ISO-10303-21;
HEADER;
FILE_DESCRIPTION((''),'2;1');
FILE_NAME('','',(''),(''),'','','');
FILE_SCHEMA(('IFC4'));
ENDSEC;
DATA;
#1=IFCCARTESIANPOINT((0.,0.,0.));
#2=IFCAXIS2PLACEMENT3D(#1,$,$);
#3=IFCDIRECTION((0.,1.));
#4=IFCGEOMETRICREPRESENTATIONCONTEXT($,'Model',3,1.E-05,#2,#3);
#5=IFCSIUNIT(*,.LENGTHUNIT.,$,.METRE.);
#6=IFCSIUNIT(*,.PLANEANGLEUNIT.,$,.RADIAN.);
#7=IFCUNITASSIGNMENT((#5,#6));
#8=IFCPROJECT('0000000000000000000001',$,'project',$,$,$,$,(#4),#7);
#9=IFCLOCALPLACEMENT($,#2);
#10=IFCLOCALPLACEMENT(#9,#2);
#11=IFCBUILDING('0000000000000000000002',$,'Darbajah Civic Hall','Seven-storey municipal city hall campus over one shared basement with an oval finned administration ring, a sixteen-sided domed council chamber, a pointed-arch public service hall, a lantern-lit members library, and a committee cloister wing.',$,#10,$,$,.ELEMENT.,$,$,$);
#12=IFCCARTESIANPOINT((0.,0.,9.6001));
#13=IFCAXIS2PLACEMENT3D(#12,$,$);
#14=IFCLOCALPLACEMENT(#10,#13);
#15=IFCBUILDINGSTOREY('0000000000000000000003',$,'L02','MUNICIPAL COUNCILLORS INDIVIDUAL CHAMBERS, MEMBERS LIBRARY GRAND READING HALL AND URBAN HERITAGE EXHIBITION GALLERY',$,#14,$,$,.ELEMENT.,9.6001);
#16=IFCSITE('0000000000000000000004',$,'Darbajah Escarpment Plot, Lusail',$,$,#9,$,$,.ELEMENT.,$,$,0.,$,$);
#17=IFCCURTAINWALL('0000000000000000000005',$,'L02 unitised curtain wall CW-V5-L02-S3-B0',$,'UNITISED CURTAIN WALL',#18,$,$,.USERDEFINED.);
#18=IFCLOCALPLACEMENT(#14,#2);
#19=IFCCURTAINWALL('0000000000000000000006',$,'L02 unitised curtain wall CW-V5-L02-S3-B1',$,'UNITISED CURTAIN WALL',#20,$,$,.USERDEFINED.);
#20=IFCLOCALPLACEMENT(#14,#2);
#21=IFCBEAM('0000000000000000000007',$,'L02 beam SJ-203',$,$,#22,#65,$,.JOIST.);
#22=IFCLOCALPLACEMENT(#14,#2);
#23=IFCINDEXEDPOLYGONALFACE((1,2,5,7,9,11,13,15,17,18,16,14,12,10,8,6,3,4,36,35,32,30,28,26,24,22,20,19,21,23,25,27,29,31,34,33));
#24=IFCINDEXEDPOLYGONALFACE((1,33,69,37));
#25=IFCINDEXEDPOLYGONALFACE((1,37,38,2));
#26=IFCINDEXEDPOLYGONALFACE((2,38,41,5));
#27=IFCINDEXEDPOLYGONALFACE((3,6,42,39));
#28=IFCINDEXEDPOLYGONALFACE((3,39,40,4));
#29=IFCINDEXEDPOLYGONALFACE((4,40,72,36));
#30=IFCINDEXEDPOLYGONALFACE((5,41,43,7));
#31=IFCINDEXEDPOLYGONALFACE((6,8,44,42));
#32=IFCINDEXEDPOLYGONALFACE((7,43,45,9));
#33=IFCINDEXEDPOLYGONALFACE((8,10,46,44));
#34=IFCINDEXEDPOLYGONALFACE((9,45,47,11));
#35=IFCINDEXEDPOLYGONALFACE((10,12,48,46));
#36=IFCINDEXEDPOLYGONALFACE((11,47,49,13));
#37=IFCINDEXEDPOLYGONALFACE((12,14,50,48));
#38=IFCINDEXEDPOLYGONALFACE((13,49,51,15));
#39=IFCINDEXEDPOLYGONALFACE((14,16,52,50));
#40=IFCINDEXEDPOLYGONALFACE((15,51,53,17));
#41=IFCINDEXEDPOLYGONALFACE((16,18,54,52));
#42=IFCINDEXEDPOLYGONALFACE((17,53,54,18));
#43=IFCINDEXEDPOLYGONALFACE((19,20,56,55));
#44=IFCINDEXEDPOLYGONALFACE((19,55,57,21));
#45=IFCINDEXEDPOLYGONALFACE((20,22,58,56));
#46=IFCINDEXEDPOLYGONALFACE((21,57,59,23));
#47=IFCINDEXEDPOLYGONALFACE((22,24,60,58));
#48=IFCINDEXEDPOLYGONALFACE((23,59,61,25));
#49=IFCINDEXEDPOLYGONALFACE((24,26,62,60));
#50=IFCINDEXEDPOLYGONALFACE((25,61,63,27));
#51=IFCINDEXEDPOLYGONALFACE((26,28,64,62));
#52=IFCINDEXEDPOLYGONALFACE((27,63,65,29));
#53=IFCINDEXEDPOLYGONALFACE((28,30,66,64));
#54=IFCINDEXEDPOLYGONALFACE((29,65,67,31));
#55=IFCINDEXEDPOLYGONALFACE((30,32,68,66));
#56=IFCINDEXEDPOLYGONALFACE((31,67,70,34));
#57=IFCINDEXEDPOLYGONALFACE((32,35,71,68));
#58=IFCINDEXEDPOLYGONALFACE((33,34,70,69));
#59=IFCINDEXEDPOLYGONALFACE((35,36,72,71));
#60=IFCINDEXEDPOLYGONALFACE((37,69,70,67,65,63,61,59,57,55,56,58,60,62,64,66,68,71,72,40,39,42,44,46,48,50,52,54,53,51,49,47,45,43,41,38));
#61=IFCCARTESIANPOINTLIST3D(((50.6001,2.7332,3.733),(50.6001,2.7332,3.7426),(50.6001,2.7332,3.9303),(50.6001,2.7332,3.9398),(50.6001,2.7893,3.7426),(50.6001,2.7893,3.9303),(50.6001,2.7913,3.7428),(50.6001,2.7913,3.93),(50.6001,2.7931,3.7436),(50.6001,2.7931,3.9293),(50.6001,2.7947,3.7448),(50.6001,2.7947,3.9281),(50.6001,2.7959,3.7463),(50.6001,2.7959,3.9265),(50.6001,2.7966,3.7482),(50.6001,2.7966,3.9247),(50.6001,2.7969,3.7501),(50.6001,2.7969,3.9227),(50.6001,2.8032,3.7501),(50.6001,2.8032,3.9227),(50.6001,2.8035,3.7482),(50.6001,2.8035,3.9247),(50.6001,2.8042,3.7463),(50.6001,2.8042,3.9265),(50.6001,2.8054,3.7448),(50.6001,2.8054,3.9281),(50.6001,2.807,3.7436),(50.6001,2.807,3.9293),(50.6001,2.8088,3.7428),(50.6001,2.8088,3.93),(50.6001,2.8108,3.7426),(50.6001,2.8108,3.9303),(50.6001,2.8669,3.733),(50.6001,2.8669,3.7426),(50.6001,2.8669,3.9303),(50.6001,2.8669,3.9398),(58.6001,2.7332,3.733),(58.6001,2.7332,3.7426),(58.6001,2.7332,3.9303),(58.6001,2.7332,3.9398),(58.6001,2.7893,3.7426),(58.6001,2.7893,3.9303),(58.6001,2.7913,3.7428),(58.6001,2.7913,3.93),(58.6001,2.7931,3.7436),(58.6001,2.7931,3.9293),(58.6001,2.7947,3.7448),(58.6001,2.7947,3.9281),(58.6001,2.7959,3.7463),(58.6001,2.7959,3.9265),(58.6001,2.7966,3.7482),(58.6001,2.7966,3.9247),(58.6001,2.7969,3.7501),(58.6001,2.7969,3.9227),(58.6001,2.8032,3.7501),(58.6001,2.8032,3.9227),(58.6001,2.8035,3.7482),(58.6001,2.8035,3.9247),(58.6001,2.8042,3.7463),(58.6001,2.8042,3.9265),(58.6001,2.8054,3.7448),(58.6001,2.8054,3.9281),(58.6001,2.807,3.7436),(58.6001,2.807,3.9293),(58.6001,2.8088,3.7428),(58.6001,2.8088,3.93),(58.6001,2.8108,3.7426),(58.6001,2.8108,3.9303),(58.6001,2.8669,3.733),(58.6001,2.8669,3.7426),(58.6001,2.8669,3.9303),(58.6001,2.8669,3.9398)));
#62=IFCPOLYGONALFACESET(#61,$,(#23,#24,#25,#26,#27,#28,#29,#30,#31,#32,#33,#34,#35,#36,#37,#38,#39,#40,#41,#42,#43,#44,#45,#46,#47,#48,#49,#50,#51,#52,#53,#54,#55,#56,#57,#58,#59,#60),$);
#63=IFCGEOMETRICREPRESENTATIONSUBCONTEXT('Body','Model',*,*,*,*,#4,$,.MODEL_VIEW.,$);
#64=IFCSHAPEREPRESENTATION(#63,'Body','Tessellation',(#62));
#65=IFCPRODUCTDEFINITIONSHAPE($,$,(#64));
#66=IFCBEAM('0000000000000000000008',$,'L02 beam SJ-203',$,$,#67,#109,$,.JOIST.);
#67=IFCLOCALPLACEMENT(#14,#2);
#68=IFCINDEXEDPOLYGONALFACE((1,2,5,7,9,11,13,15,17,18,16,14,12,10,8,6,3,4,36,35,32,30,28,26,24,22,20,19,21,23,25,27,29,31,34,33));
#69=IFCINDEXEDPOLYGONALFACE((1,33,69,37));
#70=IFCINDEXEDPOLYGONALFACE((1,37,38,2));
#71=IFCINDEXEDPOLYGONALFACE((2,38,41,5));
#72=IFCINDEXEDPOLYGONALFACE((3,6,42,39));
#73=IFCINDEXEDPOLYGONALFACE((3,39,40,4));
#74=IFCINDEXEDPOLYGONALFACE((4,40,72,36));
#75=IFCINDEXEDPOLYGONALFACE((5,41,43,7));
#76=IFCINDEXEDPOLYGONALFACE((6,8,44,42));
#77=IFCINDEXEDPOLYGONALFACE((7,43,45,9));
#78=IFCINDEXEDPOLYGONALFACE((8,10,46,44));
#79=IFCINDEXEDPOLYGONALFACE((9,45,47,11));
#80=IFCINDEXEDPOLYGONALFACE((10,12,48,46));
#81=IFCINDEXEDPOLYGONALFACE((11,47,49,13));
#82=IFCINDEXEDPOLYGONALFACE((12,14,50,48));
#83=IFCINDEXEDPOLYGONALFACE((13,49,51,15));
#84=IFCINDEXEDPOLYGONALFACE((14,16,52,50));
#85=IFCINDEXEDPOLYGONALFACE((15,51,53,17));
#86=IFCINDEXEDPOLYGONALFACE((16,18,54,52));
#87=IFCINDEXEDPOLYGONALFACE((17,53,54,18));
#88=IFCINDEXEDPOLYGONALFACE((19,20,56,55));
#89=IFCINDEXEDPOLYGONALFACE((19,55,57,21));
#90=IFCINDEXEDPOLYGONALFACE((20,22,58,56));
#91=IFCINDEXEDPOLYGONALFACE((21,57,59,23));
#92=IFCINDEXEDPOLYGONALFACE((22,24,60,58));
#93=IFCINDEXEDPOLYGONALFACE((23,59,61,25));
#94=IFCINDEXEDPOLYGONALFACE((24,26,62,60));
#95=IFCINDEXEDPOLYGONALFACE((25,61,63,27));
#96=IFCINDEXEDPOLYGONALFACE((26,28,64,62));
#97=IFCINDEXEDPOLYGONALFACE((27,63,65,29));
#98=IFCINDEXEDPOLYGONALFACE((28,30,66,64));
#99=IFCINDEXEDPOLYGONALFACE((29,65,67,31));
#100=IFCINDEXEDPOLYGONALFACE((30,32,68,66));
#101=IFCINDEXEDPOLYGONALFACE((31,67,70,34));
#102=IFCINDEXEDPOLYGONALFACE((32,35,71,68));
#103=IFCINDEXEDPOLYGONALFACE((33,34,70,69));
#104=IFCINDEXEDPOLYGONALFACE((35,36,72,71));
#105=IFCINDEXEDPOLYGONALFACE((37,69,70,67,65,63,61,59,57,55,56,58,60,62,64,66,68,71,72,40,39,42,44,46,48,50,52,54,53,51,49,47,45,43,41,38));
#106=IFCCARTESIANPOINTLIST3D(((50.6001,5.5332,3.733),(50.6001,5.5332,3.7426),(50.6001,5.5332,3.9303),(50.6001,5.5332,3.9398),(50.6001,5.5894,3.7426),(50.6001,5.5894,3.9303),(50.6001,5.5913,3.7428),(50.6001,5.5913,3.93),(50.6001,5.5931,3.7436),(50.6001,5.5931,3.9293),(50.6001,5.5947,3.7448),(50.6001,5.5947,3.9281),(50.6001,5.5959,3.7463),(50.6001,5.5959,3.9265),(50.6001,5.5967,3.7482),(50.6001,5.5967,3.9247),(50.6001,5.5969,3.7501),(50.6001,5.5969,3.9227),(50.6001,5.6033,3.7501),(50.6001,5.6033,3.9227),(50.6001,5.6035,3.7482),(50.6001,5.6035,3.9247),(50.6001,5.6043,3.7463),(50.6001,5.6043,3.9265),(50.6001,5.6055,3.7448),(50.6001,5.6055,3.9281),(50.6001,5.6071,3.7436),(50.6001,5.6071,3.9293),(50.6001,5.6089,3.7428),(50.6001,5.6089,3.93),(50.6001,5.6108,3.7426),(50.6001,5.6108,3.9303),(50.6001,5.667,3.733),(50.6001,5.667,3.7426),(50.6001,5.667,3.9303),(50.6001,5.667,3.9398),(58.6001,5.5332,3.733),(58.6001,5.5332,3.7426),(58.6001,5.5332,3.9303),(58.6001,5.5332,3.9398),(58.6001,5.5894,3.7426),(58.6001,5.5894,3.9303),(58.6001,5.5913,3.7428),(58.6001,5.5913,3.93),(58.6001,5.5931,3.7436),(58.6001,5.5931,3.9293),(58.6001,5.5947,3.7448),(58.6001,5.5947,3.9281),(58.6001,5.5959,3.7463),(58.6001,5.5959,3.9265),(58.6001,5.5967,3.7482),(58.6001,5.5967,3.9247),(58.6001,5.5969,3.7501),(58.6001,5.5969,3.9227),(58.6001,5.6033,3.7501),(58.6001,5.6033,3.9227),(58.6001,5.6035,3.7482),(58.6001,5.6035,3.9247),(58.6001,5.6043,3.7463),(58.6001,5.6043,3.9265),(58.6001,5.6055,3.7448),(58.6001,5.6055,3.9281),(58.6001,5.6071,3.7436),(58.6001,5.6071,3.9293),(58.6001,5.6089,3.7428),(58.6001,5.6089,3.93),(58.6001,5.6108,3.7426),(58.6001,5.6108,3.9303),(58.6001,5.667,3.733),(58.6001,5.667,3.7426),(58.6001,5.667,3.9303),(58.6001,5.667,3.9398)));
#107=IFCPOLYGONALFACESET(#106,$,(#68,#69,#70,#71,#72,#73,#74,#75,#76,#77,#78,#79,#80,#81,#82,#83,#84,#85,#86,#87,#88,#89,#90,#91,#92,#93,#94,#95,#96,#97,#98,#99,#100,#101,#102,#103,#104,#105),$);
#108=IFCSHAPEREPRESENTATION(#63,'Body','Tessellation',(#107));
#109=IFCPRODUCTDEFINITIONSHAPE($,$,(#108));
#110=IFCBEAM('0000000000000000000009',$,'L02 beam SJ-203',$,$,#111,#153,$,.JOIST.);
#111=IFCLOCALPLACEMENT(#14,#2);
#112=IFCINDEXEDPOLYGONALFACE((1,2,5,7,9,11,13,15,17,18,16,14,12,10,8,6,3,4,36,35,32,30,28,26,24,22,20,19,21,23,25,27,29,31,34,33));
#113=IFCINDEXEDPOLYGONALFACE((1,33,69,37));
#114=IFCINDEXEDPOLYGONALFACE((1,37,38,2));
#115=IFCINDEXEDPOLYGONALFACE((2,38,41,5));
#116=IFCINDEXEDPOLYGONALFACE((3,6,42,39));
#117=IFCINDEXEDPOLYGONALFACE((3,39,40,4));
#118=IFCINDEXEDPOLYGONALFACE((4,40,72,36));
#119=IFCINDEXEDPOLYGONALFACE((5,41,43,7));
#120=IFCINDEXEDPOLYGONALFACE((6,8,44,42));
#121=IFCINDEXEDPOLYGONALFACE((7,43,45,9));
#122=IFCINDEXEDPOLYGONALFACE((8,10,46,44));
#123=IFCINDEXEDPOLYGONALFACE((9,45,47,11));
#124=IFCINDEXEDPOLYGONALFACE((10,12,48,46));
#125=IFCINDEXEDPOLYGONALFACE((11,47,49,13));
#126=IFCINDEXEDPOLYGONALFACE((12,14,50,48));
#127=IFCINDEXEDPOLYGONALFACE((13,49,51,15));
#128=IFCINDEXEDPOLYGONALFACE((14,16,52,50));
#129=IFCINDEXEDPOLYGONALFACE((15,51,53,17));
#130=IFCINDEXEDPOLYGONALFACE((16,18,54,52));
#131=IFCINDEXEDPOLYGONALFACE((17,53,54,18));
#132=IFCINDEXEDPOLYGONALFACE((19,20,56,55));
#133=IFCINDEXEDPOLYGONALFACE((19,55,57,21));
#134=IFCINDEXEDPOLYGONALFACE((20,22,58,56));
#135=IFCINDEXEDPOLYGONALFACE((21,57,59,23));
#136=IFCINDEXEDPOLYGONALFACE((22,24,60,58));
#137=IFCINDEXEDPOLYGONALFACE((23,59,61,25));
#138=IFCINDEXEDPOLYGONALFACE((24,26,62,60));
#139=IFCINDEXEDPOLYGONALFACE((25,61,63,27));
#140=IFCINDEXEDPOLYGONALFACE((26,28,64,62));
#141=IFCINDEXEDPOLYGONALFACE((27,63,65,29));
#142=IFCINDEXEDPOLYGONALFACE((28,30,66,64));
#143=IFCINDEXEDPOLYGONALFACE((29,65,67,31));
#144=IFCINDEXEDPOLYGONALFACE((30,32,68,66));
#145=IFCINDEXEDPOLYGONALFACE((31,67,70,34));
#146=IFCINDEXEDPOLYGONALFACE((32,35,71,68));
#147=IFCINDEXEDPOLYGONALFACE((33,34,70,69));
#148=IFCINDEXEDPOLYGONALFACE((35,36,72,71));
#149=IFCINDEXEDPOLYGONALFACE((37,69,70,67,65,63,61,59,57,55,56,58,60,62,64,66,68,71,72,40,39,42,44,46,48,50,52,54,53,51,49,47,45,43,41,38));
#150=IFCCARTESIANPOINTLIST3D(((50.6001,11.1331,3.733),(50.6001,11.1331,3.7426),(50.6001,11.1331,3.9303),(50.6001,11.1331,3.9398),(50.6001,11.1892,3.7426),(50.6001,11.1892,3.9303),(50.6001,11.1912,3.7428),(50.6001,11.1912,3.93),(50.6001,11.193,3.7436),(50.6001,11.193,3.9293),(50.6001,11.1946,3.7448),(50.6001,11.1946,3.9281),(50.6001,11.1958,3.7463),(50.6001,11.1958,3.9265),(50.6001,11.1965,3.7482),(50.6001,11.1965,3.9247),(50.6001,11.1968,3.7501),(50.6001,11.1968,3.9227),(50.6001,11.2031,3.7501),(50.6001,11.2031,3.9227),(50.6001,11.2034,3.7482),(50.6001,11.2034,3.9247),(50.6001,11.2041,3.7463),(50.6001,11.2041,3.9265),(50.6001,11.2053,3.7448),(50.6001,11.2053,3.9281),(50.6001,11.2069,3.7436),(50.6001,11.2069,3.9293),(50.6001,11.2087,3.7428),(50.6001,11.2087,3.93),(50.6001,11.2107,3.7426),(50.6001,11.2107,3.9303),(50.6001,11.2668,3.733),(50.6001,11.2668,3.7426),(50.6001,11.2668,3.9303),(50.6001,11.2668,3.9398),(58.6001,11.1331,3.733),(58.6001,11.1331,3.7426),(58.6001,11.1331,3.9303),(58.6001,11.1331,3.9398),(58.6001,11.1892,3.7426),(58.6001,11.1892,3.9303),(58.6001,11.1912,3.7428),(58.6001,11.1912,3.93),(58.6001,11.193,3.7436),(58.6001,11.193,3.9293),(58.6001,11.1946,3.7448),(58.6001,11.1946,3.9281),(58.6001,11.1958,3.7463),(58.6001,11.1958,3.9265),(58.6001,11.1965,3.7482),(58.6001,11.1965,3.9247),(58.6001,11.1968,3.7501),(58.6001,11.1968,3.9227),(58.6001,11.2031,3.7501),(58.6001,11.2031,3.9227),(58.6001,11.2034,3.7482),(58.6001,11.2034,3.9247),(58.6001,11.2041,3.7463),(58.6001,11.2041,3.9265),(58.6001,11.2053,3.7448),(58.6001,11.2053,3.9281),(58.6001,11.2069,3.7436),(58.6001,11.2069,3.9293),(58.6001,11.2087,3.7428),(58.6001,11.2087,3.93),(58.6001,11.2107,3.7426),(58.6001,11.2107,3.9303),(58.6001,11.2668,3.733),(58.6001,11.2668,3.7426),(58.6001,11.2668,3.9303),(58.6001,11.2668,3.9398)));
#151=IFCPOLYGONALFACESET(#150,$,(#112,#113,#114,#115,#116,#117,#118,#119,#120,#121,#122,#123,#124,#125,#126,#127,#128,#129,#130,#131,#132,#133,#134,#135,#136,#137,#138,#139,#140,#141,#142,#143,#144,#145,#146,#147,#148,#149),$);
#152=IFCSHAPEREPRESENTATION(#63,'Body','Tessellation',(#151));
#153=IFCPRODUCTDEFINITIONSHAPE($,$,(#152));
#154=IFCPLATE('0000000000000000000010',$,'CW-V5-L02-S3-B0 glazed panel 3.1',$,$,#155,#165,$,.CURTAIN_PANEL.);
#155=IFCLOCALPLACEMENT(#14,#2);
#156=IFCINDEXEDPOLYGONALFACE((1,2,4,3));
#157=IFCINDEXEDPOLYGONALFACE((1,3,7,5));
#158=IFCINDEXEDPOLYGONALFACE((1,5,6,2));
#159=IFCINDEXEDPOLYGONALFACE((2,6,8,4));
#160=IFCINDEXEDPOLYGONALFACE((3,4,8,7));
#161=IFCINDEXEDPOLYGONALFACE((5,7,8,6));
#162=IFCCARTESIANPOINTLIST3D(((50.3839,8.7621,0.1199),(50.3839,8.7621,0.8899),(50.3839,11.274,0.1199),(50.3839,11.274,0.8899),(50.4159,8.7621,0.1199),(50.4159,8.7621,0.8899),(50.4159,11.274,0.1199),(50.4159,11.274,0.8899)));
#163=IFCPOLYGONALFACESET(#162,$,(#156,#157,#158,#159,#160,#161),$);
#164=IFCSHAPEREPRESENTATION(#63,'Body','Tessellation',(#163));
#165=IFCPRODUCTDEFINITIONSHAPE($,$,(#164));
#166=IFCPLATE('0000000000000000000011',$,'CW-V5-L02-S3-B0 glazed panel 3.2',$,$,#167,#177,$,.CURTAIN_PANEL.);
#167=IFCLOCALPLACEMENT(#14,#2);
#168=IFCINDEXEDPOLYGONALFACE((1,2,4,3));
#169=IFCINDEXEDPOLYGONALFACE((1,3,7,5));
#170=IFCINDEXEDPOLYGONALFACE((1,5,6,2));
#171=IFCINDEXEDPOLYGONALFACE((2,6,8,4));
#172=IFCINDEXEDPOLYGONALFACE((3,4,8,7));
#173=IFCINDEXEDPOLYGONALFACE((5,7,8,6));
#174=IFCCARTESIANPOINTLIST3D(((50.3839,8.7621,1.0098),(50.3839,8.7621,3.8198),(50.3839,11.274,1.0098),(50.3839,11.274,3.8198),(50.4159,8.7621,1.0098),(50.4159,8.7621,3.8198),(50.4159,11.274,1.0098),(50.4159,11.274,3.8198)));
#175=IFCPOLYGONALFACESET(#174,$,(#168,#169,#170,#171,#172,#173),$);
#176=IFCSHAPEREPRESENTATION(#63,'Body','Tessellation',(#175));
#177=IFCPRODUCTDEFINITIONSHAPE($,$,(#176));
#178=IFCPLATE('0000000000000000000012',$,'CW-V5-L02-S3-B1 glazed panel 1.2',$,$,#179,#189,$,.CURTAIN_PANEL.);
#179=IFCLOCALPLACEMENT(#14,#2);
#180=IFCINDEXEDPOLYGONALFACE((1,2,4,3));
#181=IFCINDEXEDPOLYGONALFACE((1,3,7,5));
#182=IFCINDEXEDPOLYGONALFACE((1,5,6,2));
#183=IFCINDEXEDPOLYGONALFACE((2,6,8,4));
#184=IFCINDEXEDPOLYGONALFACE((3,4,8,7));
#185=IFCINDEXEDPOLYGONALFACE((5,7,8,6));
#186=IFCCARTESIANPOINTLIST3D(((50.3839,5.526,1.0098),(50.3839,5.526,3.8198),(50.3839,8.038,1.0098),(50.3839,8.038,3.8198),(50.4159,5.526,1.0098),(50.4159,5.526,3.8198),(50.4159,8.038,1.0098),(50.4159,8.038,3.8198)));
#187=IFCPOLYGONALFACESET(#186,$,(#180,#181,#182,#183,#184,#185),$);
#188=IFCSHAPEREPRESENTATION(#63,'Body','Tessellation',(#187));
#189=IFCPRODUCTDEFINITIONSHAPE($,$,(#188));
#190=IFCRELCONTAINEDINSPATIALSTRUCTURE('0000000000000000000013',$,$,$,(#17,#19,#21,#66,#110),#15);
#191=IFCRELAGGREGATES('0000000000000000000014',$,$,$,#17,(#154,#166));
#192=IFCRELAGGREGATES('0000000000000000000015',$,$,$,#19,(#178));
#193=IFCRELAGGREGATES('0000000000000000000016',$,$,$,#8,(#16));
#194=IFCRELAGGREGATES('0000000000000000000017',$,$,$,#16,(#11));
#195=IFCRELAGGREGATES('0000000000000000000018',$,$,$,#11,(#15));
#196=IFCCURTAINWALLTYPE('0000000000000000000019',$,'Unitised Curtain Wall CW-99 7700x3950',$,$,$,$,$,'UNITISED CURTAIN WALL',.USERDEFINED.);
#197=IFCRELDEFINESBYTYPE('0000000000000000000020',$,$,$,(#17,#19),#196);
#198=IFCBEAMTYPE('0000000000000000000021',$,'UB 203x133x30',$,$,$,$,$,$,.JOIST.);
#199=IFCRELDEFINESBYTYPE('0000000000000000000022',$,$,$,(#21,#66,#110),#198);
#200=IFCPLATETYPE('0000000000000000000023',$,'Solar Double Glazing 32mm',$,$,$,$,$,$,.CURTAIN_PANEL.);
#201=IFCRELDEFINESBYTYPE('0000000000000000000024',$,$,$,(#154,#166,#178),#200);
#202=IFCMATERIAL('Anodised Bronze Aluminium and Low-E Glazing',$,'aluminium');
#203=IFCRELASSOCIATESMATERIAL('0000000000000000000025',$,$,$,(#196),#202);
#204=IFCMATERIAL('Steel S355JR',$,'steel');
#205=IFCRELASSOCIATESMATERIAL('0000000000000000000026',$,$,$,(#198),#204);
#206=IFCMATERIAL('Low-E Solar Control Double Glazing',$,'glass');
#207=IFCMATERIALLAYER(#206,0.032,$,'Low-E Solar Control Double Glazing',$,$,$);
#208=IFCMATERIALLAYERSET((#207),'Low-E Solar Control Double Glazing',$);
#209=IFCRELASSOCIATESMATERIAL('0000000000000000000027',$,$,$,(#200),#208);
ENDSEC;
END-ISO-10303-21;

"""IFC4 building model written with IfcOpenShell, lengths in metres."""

from ifc_helpers import new_model, si_unit, direction, frame, origin, origin_2d, place, context, subcontext, project, spatial, rectangle, i_section, extrude, material, layer, layer_set, material_profile, profile_set, type_object, element, aggregate, save


model = new_model("IFC4")

# Units and contexts
model_context = context("Model", 3, precision=1e-05, world=origin(), true_north=direction((0.0, 1.0)))
body_context = subcontext(model_context, "Body", "Model", "MODEL_VIEW")
ifc_project = project(units=[si_unit("LENGTHUNIT", "METRE"), si_unit("PLANEANGLEUNIT", "RADIAN")], contexts=[model_context])

# Site, building, storey
site_placement = place(None, origin())
site = spatial("IfcSite", under=ifc_project, at=site_placement, Name="Darbajah Escarpment Plot, Lusail", CompositionType="ELEMENT", RefElevation=0.0)
building_placement = place(site_placement, origin())
building = spatial("IfcBuilding", under=site, at=building_placement, Name="Darbajah Civic Hall", Description="Seven-storey municipal city hall campus over one shared basement with an oval finned administration ring, a sixteen-sided domed council chamber, a pointed-arch public service hall, a lantern-lit members library, and a committee cloister wing.", CompositionType="ELEMENT")
storey_placement = place(building_placement, frame((0.0, 0.0, 9.6001)))
storey = spatial("IfcBuildingStorey", under=building, at=storey_placement, Name="L02", Description="MUNICIPAL COUNCILLORS INDIVIDUAL CHAMBERS, MEMBERS LIBRARY GRAND READING HALL AND URBAN HERITAGE EXHIBITION GALLERY", CompositionType="ELEMENT", Elevation=9.6001)

# Curtain walls
ifc_material_1 = material(Name="Anodised Bronze Aluminium and Low-E Glazing", Category="aluminium")
curtain_wall_type = type_object("IfcCurtainWallType", Name="Unitised Curtain Wall CW-99 7700x3950", ElementType="UNITISED CURTAIN WALL", PredefinedType="USERDEFINED", material=ifc_material_1)
curtain_wall_1_placement = place(storey_placement, origin())
curtain_wall_1 = element("IfcCurtainWall", 1, at=curtain_wall_1_placement, inside=storey, type_object=curtain_wall_type, Name="L02 unitised curtain wall CW-V5-L02-S3-B0", ObjectType="UNITISED CURTAIN WALL", PredefinedType="USERDEFINED")
curtain_wall_2_placement = place(storey_placement, origin())
curtain_wall_2 = element("IfcCurtainWall", 2, at=curtain_wall_2_placement, inside=storey, type_object=curtain_wall_type, Name="L02 unitised curtain wall CW-V5-L02-S3-B1", ObjectType="UNITISED CURTAIN WALL", PredefinedType="USERDEFINED")

# Beams
ifc_material_2 = material(Name="Steel S355JR", Category="steel")
ifc_material_profile_1 = material_profile(ifc_material_2, i_section(OverallWidth=0.1338, OverallDepth=0.2068, WebThickness=0.0063, FlangeThickness=0.0095, FilletRadius=0.0076, at=origin_2d()), Name="UB 203x133x30")
ifc_profile_set_1 = profile_set([ifc_material_profile_1], Name="Steel S355JR")
beam_type_1 = type_object("IfcBeamType", Name="UB 203x133x30", PredefinedType="JOIST", material=ifc_profile_set_1)
for number, where, z_axis, x_axis, name in (
    (3, (50.6001, 2.8, 3.8364), (1.0, 0.0, 0.0), (0.0, 1.0, 0.0), "L02 beam SJ-203"),
    (4, (50.6001, 5.6001, 3.8364), (1.0, 0.0, 0.0), (0.0, 1.0, 0.0), "L02 beam SJ-203"),
    (5, (50.6001, 11.2, 3.8364), (1.0, 0.0, 0.0), (0.0, 1.0, 0.0), "L02 beam SJ-203"),
):
    element("IfcBeam", number, at=place(storey_placement, frame(where, z_axis=z_axis, x_axis=x_axis)), inside=storey, type_object=beam_type_1, Name=name, PredefinedType="JOIST", context=body_context, shape_type="SweptSolid", body=[
        extrude(i_section(OverallWidth=0.1338, OverallDepth=0.2068, WebThickness=0.0063, FlangeThickness=0.0095, FilletRadius=0.0076, at=origin_2d()), origin(), (0.0, 0.0, 1.0), 8.0),
    ])

# Plates
ifc_material_3 = material(Name="Low-E Solar Control Double Glazing", Category="glass")
ifc_layer_1 = layer(ifc_material_3, 0.032, Name="Low-E Solar Control Double Glazing")
ifc_layer_set_1 = layer_set([ifc_layer_1], Name="Low-E Solar Control Double Glazing")
plate_type = type_object("IfcPlateType", Name="Solar Double Glazing 32mm", PredefinedType="CURTAIN_PANEL", material=ifc_layer_set_1)
plate_1_placement = place(storey_placement, frame((50.3999, 10.0181, 0.1199), z_axis=(0.0, 0.0, 1.0), x_axis=(0.0, -1.0, 0.0)))
plate_1 = element("IfcPlate", 6, at=plate_1_placement, type_object=plate_type, Name="CW-V5-L02-S3-B0 glazed panel 3.1", PredefinedType="CURTAIN_PANEL", context=body_context, shape_type="SweptSolid", body=[
    extrude(rectangle(XDim=2.512, YDim=0.032, at=origin_2d()), origin(), (0.0, 0.0, 1.0), 0.77),
])
plate_2_placement = place(storey_placement, frame((50.3999, 10.0181, 1.0098), z_axis=(0.0, 0.0, 1.0), x_axis=(0.0, -1.0, 0.0)))
plate_2 = element("IfcPlate", 7, at=plate_2_placement, type_object=plate_type, Name="CW-V5-L02-S3-B0 glazed panel 3.2", PredefinedType="CURTAIN_PANEL", context=body_context, shape_type="SweptSolid", body=[
    extrude(rectangle(XDim=2.512, YDim=0.032, at=origin_2d()), origin(), (0.0, 0.0, 1.0), 2.8101),
])
aggregate(curtain_wall_1, [plate_1, plate_2])
plate_3_placement = place(storey_placement, frame((50.3999, 6.782, 1.0098), z_axis=(0.0, 0.0, 1.0), x_axis=(0.0, -1.0, 0.0)))
plate_3 = element("IfcPlate", 8, at=plate_3_placement, type_object=plate_type, Name="CW-V5-L02-S3-B1 glazed panel 1.2", PredefinedType="CURTAIN_PANEL", context=body_context, shape_type="SweptSolid", body=[
    extrude(rectangle(XDim=2.512, YDim=0.032, at=origin_2d()), origin(), (0.0, 0.0, 1.0), 2.8101),
])
aggregate(curtain_wall_2, [plate_3])

save(model, "model.ifc")
